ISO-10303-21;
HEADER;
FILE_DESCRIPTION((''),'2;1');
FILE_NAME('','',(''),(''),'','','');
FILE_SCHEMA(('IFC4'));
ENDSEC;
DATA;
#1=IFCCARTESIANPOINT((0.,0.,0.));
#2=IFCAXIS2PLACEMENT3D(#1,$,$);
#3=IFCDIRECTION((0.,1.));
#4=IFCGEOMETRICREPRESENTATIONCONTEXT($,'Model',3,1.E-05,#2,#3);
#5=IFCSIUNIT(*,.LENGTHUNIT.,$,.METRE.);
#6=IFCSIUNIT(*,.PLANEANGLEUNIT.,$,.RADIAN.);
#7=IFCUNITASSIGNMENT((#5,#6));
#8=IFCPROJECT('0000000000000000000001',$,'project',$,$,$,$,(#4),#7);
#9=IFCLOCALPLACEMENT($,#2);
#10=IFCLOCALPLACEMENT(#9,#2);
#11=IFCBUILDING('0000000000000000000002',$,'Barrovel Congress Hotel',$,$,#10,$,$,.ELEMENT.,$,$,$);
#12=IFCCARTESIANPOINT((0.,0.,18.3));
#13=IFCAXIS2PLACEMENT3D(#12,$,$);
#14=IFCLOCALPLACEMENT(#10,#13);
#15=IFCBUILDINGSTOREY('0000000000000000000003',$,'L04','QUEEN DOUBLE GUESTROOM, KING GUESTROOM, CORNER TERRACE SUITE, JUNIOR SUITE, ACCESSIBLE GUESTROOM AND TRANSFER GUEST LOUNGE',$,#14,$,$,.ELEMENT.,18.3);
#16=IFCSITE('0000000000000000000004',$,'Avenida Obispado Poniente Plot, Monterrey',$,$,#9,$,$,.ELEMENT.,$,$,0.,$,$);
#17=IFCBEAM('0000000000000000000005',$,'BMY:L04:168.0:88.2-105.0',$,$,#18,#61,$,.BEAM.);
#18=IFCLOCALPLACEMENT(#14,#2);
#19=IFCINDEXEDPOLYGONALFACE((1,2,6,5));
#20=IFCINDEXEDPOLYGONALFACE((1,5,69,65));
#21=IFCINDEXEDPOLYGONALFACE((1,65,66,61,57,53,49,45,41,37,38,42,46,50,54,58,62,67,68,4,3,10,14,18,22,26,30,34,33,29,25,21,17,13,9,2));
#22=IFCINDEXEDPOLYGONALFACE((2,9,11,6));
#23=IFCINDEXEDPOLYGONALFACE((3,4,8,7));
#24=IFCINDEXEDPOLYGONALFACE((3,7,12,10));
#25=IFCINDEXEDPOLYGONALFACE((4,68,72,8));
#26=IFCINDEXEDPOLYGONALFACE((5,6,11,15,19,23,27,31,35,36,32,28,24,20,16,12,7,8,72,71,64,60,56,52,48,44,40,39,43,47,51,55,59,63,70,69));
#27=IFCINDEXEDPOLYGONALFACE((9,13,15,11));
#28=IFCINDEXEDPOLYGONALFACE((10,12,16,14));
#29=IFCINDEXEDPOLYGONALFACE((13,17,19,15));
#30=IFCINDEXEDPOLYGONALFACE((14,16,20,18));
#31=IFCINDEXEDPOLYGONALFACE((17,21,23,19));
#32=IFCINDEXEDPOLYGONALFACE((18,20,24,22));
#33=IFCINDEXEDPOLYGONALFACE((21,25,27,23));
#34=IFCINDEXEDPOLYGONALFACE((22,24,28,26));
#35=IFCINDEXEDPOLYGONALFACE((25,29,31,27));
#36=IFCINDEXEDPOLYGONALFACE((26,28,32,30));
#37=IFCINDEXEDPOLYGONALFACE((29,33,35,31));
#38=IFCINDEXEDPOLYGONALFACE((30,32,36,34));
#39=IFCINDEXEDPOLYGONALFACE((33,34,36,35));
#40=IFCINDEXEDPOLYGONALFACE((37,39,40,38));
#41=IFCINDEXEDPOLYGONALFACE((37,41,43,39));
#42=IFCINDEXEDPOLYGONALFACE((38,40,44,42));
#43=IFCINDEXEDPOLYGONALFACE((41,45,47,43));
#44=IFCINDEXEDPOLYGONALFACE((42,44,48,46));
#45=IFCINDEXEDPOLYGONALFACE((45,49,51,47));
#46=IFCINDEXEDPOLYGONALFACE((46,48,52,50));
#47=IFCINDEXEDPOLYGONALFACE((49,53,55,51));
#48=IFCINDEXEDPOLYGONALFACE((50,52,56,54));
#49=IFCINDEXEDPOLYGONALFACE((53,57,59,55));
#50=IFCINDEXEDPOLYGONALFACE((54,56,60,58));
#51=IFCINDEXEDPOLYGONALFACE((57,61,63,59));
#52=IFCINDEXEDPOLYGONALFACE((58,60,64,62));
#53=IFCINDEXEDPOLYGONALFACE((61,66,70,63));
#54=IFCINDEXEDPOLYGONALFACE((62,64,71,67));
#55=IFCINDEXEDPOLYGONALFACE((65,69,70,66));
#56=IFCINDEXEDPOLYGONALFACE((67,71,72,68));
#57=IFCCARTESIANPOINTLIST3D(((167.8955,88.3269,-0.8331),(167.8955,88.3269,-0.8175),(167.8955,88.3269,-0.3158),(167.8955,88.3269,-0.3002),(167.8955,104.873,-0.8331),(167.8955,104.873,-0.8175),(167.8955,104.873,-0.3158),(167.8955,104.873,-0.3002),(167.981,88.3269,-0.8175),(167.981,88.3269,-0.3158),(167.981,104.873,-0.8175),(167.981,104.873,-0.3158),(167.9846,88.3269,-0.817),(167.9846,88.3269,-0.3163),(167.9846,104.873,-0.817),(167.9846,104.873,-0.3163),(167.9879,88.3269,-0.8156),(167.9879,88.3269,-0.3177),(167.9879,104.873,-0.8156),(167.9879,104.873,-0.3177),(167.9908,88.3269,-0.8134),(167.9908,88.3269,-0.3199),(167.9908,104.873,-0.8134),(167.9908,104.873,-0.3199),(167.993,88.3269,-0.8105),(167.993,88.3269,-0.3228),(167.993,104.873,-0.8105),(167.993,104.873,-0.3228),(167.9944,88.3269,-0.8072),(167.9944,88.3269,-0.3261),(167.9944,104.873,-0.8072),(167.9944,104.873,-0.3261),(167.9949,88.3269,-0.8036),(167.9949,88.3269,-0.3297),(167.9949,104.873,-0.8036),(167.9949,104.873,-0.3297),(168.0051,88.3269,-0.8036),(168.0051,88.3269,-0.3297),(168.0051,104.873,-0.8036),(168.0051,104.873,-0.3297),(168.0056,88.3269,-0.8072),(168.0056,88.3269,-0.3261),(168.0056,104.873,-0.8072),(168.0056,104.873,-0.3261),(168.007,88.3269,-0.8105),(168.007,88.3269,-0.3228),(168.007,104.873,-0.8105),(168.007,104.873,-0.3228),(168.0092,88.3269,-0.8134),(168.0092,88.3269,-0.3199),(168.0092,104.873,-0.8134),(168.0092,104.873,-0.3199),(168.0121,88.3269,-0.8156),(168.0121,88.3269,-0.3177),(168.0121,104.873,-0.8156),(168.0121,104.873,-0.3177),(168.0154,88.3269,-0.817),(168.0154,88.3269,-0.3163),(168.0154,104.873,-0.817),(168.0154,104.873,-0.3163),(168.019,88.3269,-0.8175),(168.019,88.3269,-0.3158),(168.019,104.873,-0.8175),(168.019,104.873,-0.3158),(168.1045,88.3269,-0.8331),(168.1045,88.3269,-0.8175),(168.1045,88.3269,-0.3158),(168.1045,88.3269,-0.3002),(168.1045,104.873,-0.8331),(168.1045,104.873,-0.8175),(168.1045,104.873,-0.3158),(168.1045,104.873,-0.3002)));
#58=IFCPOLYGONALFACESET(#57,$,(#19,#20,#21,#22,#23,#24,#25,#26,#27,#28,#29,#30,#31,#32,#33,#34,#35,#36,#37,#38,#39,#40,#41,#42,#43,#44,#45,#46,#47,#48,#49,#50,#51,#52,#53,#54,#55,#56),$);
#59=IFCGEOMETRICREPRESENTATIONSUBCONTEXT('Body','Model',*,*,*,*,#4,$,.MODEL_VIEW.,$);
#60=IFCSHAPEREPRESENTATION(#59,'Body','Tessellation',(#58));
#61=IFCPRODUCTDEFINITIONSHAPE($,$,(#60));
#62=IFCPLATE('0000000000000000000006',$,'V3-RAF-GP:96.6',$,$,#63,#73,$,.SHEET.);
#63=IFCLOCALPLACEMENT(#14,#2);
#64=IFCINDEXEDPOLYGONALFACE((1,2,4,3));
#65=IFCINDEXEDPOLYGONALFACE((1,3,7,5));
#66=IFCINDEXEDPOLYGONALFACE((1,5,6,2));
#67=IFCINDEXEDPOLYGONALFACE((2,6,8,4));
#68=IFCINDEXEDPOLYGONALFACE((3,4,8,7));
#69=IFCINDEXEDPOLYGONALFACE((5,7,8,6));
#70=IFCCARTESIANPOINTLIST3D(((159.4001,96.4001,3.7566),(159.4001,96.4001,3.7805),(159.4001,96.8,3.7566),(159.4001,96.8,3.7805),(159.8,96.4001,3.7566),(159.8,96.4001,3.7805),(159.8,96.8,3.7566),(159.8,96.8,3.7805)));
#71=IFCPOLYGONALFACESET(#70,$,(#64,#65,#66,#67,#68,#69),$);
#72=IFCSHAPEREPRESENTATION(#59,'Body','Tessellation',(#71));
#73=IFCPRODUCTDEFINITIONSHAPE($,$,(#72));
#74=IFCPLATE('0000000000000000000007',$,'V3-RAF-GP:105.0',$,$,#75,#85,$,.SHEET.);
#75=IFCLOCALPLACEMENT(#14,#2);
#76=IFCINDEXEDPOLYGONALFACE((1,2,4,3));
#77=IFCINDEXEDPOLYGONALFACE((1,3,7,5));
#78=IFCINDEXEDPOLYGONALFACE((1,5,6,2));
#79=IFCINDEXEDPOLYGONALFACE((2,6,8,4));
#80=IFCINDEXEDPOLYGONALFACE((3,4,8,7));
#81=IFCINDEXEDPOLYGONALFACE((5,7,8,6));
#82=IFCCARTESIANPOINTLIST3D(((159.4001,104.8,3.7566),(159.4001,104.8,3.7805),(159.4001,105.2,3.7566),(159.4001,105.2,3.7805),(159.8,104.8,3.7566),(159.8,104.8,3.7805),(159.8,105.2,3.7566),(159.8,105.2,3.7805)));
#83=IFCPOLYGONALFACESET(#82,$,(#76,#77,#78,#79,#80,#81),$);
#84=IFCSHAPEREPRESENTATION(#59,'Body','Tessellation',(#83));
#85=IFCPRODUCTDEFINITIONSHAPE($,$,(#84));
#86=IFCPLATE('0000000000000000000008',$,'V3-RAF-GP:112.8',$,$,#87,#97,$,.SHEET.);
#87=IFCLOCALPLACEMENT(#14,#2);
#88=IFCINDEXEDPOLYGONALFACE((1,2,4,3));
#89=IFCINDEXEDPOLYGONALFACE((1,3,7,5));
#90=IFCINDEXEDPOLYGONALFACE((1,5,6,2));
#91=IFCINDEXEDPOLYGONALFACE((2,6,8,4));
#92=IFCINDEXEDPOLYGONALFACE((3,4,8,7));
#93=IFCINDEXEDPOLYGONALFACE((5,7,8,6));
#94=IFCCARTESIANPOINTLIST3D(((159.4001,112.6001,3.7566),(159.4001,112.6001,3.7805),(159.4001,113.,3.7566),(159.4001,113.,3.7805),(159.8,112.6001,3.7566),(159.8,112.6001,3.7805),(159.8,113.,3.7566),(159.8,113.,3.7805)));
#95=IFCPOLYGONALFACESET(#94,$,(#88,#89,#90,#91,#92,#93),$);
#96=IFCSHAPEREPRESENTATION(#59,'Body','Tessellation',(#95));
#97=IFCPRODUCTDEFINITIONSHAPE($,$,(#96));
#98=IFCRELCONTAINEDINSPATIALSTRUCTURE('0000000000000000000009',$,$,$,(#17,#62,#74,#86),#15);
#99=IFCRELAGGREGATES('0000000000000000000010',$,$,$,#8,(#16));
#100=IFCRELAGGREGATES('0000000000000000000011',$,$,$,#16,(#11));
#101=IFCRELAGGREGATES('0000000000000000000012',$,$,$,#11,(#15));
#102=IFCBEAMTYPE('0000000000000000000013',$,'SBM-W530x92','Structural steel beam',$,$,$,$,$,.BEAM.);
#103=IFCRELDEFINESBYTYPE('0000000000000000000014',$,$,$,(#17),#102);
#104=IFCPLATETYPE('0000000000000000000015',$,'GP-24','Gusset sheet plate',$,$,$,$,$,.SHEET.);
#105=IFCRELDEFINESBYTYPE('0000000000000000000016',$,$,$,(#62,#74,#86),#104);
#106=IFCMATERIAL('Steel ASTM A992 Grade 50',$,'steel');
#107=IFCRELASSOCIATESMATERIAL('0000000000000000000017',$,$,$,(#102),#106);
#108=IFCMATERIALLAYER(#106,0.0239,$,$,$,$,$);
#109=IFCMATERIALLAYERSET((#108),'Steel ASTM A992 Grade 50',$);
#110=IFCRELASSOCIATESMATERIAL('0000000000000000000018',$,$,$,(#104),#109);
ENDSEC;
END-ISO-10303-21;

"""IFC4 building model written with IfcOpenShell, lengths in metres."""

from ifc_helpers import new_model, si_unit, direction, frame, origin, origin_2d, place, context, subcontext, project, spatial, rectangle, i_section, extrude, material, layer, layer_set, material_profile, profile_set, type_object, element, save


model = new_model("IFC4")

# Units and contexts
model_context = context("Model", 3, precision=1e-05, world=origin(), true_north=direction((0.0, 1.0)))
body_context = subcontext(model_context, "Body", "Model", "MODEL_VIEW")
ifc_project = project(units=[si_unit("LENGTHUNIT", "METRE"), si_unit("PLANEANGLEUNIT", "RADIAN")], contexts=[model_context])

# Site, building, storey
site_placement = place(None, origin())
site = spatial("IfcSite", under=ifc_project, at=site_placement, Name="Avenida Obispado Poniente Plot, Monterrey", CompositionType="ELEMENT", RefElevation=0.0)
building_placement = place(site_placement, origin())
building = spatial("IfcBuilding", under=site, at=building_placement, Name="Barrovel Congress Hotel", CompositionType="ELEMENT")
storey_placement = place(building_placement, frame((0.0, 0.0, 18.3)))
storey = spatial("IfcBuildingStorey", under=building, at=storey_placement, Name="L04", Description="QUEEN DOUBLE GUESTROOM, KING GUESTROOM, CORNER TERRACE SUITE, JUNIOR SUITE, ACCESSIBLE GUESTROOM AND TRANSFER GUEST LOUNGE", CompositionType="ELEMENT", Elevation=18.3)

# Shared definitions
ifc_material_1 = material(Name="Steel ASTM A992 Grade 50", Category="steel")

# Beam
ifc_material_profile_1 = material_profile(ifc_material_1, i_section(OverallWidth=0.209, OverallDepth=0.533, WebThickness=0.0103, FlangeThickness=0.0156, FilletRadius=0.0139, at=origin_2d()), Name="W530x92")
ifc_profile_set_1 = profile_set([ifc_material_profile_1], Name="Steel ASTM A992 Grade 50")
beam_type_1 = type_object("IfcBeamType", Name="SBM-W530x92", Description="Structural steel beam", PredefinedType="BEAM", material=ifc_profile_set_1)
beam_1_placement = place(storey_placement, frame((168.0, 88.3269, -0.5667), z_axis=(0.0, 1.0, 0.0), x_axis=(-1.0, 0.0, 0.0)))
element("IfcBeam", 1, at=beam_1_placement, inside=storey, type_object=beam_type_1, Name="BMY:L04:168.0:88.2-105.0", PredefinedType="BEAM", context=body_context, shape_type="SweptSolid", body=[
    extrude(i_section(OverallWidth=0.209, OverallDepth=0.533, WebThickness=0.0103, FlangeThickness=0.0156, FilletRadius=0.0139, at=origin_2d()), origin(), (0.0, 0.0, 1.0), 16.5461),
])

# Plates
ifc_layer = layer(ifc_material_1, 0.0239)
ifc_layer_set = layer_set([ifc_layer], Name="Steel ASTM A992 Grade 50")
plate_type = type_object("IfcPlateType", Name="GP-24", Description="Gusset sheet plate", PredefinedType="SHEET", material=ifc_layer_set)
for number, where, z_axis, x_axis, name in (
    (2, (159.6001, 96.6001, 3.7566), (0.0, 0.0, 1.0), (1.0, 0.0, 0.0), "V3-RAF-GP:96.6"),
    (3, (159.6001, 105.0, 3.7566), (0.0, 0.0, 1.0), (1.0, 0.0, 0.0), "V3-RAF-GP:105.0"),
    (4, (159.6001, 112.8, 3.7566), (0.0, 0.0, 1.0), (1.0, 0.0, 0.0), "V3-RAF-GP:112.8"),
):
    element("IfcPlate", number, at=place(storey_placement, frame(where, z_axis=z_axis, x_axis=x_axis)), inside=storey, type_object=plate_type, Name=name, PredefinedType="SHEET", context=body_context, shape_type="SweptSolid", body=[
        extrude(rectangle(XDim=0.3999, YDim=0.3999, at=origin_2d()), origin(), (0.0, 0.0, 1.0), 0.0239),
    ])

save(model, "model.ifc")
